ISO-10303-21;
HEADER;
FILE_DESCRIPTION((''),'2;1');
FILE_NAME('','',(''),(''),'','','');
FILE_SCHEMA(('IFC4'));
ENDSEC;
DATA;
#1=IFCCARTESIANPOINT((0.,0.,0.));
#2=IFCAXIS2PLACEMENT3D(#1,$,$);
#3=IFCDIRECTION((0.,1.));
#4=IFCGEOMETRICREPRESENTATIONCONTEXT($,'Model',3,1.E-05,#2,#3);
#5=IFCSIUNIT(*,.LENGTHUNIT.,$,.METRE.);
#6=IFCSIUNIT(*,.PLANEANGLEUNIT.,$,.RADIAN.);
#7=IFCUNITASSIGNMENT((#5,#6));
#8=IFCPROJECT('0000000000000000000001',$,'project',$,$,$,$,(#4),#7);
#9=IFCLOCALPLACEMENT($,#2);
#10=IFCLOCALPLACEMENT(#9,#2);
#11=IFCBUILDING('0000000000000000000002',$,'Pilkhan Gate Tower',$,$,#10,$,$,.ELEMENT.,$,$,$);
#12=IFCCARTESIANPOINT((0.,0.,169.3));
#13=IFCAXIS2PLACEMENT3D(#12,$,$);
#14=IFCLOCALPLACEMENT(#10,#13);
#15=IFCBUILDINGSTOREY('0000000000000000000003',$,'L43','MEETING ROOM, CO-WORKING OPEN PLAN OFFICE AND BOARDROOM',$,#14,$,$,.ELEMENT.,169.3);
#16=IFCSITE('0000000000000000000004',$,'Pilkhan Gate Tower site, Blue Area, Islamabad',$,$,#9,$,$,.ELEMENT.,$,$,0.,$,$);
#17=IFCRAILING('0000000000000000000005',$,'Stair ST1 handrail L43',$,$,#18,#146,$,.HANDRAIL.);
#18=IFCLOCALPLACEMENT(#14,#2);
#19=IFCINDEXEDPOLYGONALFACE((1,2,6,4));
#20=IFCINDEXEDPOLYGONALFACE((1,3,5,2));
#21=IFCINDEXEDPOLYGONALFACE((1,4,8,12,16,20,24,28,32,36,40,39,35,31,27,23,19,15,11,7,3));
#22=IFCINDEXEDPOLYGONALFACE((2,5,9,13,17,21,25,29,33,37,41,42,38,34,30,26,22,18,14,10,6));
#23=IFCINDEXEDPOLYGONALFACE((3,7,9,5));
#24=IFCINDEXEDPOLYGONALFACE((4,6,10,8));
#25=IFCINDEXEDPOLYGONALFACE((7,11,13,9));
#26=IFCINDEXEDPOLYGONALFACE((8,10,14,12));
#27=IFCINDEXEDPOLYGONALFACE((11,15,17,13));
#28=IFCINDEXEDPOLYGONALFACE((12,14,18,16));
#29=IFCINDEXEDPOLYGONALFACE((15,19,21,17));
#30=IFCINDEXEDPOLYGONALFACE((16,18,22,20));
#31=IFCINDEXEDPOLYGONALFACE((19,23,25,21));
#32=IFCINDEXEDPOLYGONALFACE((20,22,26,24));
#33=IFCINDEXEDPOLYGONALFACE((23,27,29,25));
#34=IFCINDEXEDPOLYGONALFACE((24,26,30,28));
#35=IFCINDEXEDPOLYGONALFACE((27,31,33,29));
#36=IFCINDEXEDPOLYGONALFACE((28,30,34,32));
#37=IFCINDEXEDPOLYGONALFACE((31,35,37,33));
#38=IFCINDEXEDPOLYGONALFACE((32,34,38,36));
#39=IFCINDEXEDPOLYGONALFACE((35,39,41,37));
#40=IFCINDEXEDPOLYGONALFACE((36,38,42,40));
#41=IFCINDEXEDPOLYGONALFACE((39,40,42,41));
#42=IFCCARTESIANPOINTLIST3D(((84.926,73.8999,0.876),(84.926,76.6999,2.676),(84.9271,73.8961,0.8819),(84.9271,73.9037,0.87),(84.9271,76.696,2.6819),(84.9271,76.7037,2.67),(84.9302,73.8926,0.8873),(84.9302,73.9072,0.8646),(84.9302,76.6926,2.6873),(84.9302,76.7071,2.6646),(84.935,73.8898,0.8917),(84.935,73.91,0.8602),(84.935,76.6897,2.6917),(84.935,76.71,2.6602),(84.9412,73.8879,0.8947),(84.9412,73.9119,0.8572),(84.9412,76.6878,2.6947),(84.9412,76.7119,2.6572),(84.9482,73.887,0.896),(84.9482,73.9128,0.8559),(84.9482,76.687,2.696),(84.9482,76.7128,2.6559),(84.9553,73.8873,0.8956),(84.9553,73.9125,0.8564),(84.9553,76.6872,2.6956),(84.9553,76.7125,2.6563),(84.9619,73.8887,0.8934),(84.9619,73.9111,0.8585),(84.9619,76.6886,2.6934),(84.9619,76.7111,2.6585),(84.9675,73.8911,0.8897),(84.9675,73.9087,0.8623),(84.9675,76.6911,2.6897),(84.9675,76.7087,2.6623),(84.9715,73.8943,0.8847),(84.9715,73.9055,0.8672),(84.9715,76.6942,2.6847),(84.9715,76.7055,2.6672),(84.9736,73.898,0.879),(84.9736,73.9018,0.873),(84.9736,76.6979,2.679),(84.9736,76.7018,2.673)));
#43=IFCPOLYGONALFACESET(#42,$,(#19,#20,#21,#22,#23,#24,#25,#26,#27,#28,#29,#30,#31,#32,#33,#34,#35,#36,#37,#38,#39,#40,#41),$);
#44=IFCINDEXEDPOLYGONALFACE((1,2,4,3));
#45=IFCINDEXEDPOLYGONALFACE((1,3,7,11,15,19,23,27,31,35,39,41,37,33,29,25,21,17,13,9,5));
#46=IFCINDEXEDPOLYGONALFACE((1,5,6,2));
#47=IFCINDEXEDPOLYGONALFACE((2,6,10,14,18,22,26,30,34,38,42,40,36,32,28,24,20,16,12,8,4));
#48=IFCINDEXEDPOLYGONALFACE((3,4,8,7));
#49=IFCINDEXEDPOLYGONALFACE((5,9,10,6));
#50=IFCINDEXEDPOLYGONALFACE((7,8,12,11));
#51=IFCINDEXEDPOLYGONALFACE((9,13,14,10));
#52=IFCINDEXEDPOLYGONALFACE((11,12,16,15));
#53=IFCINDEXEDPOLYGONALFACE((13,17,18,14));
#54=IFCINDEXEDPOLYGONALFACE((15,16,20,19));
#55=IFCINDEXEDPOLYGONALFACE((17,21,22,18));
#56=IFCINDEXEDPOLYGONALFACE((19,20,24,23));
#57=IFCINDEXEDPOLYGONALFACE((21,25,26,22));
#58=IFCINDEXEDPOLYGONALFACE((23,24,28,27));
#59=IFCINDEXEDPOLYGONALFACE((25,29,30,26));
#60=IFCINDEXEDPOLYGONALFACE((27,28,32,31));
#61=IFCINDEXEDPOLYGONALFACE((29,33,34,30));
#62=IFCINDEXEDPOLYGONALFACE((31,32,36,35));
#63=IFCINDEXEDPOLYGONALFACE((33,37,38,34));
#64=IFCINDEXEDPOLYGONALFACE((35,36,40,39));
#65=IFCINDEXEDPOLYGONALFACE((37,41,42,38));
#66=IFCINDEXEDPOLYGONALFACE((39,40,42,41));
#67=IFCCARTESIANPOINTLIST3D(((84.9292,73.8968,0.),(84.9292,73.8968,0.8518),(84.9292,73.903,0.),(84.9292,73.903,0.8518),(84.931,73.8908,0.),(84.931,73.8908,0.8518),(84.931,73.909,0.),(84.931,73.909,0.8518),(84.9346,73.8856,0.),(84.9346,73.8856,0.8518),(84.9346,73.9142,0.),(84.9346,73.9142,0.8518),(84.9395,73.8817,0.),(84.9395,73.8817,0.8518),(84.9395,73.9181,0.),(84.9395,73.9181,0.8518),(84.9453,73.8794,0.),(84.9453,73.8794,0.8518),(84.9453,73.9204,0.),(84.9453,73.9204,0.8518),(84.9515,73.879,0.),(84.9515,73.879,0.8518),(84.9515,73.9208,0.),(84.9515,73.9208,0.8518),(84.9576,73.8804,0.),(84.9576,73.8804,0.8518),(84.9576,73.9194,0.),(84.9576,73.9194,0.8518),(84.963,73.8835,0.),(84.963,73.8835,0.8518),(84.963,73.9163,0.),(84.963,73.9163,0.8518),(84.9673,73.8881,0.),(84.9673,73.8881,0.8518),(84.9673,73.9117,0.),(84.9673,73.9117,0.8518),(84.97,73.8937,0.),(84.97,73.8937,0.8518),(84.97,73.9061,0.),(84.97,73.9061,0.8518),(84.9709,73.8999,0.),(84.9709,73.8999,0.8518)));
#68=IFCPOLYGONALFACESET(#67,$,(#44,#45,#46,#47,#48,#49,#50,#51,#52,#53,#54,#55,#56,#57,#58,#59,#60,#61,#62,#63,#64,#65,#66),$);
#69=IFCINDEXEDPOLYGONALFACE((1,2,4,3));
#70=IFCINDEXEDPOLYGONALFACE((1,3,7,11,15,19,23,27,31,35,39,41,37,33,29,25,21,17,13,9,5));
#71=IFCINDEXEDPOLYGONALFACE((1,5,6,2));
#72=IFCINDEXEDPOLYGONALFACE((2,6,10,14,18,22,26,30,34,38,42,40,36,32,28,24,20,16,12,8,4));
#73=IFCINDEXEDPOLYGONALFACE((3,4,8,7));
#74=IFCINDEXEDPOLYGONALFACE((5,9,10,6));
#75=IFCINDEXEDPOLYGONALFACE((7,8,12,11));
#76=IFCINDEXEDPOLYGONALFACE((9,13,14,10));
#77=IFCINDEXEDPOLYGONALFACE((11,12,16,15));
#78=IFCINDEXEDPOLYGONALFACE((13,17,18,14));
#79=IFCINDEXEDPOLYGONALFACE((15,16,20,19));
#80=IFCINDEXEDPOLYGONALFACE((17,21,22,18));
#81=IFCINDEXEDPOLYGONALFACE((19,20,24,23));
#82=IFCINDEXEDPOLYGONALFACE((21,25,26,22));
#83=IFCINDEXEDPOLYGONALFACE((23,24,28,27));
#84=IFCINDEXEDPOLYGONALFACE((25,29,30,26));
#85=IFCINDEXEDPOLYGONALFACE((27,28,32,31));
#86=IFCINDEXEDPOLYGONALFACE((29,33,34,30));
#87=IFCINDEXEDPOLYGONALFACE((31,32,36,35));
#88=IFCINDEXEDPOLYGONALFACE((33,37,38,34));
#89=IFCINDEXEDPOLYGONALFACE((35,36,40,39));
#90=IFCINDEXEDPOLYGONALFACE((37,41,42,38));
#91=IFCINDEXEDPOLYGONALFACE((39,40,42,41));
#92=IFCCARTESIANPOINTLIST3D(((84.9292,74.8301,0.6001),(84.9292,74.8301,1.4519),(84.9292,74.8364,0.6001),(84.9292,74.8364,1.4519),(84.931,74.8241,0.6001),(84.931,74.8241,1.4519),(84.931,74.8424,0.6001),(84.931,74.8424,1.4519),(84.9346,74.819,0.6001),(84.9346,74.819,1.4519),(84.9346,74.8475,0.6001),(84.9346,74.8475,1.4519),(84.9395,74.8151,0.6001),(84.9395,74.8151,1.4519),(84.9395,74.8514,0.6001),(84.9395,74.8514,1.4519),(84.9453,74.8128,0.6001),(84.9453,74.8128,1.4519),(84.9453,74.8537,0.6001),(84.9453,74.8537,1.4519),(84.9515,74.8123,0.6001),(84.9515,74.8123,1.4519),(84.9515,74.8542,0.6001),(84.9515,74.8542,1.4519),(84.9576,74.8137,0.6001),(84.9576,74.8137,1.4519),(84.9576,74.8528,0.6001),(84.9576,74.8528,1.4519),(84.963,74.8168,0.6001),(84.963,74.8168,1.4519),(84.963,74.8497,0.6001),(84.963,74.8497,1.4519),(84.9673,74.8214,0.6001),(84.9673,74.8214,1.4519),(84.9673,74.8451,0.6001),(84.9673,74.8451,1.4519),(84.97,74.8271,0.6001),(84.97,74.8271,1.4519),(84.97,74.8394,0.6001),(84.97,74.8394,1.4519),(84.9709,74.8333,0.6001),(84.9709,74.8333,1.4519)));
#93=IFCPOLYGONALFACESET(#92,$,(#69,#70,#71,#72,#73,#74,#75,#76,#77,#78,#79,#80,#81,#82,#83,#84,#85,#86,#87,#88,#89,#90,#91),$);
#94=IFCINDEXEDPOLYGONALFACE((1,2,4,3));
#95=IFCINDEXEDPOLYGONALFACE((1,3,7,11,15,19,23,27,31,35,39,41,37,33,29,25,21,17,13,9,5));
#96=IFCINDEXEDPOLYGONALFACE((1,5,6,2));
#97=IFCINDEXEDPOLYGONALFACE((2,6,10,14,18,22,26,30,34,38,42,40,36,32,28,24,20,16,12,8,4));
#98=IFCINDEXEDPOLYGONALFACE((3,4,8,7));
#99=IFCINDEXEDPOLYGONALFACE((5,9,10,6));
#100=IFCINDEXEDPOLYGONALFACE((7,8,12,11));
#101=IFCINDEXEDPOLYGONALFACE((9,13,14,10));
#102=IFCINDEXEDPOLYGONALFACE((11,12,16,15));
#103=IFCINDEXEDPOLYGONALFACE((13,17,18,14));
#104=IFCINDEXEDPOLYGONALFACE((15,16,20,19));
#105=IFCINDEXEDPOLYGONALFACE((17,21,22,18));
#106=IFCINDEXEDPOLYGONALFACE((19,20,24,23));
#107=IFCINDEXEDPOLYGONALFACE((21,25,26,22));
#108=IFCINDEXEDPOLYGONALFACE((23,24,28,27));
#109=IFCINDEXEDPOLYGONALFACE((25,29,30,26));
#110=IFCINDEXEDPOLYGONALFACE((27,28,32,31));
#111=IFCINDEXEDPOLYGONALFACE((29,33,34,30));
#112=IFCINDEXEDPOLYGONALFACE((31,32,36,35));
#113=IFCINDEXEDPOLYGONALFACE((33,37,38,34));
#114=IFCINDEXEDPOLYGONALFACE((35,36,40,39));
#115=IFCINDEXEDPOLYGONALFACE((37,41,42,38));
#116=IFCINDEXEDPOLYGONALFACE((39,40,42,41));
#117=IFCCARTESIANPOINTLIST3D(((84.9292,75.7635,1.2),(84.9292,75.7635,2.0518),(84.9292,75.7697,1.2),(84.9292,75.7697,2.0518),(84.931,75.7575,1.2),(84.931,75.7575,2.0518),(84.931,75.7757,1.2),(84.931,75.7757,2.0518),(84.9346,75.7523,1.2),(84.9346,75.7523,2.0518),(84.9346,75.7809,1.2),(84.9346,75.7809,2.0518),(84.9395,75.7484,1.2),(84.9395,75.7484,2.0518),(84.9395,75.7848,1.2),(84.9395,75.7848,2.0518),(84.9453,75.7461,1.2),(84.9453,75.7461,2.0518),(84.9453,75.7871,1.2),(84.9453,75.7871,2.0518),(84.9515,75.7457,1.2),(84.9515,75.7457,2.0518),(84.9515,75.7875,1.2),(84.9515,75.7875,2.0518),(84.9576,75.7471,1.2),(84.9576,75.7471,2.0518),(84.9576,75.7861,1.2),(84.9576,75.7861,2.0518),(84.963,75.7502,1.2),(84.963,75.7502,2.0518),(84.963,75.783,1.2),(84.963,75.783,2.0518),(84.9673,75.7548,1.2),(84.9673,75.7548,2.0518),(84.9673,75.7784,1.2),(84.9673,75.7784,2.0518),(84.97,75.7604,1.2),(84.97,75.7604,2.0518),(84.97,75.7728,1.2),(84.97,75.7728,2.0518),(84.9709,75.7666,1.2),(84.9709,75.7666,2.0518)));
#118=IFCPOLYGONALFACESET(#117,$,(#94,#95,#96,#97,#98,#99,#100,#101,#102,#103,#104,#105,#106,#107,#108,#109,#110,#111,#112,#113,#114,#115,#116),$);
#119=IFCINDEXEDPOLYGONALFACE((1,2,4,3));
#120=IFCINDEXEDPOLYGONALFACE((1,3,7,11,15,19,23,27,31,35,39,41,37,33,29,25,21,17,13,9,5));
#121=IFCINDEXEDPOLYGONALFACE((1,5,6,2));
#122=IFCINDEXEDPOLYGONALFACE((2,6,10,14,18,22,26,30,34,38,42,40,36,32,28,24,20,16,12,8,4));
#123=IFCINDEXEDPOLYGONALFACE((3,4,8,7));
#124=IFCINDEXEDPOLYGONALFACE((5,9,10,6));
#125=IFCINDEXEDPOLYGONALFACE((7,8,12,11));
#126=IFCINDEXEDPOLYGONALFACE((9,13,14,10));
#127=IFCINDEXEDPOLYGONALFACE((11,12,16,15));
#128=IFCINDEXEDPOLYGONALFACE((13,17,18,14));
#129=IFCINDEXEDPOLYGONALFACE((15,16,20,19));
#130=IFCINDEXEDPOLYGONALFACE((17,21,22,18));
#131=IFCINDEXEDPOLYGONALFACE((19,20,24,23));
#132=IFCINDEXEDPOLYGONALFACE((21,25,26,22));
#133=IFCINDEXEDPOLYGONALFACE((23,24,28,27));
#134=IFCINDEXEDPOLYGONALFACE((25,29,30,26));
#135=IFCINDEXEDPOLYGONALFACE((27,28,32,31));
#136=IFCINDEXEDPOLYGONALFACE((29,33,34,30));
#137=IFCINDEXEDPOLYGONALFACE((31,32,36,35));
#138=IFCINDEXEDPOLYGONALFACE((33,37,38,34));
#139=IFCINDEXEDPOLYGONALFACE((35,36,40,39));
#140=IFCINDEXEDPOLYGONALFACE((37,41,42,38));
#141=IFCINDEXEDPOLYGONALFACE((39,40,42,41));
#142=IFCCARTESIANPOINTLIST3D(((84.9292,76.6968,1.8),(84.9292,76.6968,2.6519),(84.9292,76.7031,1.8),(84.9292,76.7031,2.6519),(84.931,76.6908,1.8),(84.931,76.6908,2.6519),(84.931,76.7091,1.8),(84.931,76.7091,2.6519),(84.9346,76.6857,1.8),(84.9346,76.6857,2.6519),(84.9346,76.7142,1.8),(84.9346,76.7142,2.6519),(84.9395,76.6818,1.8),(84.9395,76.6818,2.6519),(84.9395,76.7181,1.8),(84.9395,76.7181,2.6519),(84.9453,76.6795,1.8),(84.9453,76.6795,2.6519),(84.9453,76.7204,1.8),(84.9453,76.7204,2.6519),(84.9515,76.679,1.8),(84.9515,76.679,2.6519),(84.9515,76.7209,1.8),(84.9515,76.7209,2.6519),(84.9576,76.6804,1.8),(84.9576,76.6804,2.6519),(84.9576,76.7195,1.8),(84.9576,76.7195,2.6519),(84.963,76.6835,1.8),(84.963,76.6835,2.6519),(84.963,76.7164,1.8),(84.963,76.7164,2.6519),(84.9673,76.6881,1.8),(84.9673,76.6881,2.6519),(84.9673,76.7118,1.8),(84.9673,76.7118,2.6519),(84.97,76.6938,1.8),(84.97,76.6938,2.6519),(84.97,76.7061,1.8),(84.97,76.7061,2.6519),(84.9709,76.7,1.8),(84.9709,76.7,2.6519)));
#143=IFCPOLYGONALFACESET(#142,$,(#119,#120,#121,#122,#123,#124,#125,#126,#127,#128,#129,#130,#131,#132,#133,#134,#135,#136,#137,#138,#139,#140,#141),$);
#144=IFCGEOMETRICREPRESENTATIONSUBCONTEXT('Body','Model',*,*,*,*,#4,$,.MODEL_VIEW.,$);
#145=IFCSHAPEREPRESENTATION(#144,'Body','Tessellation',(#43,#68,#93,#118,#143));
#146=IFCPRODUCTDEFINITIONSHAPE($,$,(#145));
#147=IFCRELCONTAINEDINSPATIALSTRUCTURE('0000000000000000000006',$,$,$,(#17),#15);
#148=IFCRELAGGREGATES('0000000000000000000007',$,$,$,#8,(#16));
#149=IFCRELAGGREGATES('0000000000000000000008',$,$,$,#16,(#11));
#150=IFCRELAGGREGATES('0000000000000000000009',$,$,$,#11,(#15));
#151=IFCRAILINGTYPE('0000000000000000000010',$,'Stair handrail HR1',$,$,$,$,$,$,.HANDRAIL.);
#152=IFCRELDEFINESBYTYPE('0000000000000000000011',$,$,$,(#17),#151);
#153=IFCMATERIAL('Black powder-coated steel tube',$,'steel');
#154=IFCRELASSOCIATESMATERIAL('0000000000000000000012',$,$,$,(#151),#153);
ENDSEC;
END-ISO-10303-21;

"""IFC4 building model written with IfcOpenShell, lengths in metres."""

from ifc_helpers import new_model, si_unit, direction, frame, origin, origin_2d, place, context, subcontext, project, spatial, circle, extrude, material, type_object, element, save


model = new_model("IFC4")

# Units and contexts
model_context = context("Model", 3, precision=1e-05, world=origin(), true_north=direction((0.0, 1.0)))
body_context = subcontext(model_context, "Body", "Model", "MODEL_VIEW")
ifc_project = project(units=[si_unit("LENGTHUNIT", "METRE"), si_unit("PLANEANGLEUNIT", "RADIAN")], contexts=[model_context])

# Site, building, storey
site_placement = place(None, origin())
site = spatial("IfcSite", under=ifc_project, at=site_placement, Name="Pilkhan Gate Tower site, Blue Area, Islamabad", CompositionType="ELEMENT", RefElevation=0.0)
building_placement = place(site_placement, origin())
building = spatial("IfcBuilding", under=site, at=building_placement, Name="Pilkhan Gate Tower", CompositionType="ELEMENT")
storey_placement = place(building_placement, frame((0.0, 0.0, 169.3)))
storey = spatial("IfcBuildingStorey", under=building, at=storey_placement, Name="L43", Description="MEETING ROOM, CO-WORKING OPEN PLAN OFFICE AND BOARDROOM", CompositionType="ELEMENT", Elevation=169.3)

# Railing
ifc_material_1 = material(Name="Black powder-coated steel tube", Category="steel")
railing_type_1 = type_object("IfcRailingType", Name="Stair handrail HR1", PredefinedType="HANDRAIL", material=ifc_material_1)
railing_1_placement = place(storey_placement, frame((84.95, 73.8999, 0.0)))
element("IfcRailing", 1, at=railing_1_placement, inside=storey, type_object=railing_type_1, Name="Stair ST1 handrail L43", PredefinedType="HANDRAIL", context=body_context, shape_type="SweptSolid", body=[
    extrude(circle(Radius=0.0239, at=origin_2d()), frame((0.0, 0.0, 0.876), z_axis=(0.0, 0.841176, 0.540761), x_axis=(-1.0, 0.0, 0.0)), (0.0, 0.0, 1.0), 3.3286),
    extrude(circle(Radius=0.021, at=origin_2d()), origin(), (0.0, 0.0, 1.0), 0.8518),
    extrude(circle(Radius=0.021, at=origin_2d()), frame((0.0, 0.9333, 0.6001)), (0.0, 0.0, 1.0), 0.8518),
    extrude(circle(Radius=0.021, at=origin_2d()), frame((0.0, 1.8667, 1.2)), (0.0, 0.0, 1.0), 0.8518),
    extrude(circle(Radius=0.021, at=origin_2d()), frame((0.0, 2.8, 1.8)), (0.0, 0.0, 1.0), 0.8518),
])

save(model, "model.ifc")
